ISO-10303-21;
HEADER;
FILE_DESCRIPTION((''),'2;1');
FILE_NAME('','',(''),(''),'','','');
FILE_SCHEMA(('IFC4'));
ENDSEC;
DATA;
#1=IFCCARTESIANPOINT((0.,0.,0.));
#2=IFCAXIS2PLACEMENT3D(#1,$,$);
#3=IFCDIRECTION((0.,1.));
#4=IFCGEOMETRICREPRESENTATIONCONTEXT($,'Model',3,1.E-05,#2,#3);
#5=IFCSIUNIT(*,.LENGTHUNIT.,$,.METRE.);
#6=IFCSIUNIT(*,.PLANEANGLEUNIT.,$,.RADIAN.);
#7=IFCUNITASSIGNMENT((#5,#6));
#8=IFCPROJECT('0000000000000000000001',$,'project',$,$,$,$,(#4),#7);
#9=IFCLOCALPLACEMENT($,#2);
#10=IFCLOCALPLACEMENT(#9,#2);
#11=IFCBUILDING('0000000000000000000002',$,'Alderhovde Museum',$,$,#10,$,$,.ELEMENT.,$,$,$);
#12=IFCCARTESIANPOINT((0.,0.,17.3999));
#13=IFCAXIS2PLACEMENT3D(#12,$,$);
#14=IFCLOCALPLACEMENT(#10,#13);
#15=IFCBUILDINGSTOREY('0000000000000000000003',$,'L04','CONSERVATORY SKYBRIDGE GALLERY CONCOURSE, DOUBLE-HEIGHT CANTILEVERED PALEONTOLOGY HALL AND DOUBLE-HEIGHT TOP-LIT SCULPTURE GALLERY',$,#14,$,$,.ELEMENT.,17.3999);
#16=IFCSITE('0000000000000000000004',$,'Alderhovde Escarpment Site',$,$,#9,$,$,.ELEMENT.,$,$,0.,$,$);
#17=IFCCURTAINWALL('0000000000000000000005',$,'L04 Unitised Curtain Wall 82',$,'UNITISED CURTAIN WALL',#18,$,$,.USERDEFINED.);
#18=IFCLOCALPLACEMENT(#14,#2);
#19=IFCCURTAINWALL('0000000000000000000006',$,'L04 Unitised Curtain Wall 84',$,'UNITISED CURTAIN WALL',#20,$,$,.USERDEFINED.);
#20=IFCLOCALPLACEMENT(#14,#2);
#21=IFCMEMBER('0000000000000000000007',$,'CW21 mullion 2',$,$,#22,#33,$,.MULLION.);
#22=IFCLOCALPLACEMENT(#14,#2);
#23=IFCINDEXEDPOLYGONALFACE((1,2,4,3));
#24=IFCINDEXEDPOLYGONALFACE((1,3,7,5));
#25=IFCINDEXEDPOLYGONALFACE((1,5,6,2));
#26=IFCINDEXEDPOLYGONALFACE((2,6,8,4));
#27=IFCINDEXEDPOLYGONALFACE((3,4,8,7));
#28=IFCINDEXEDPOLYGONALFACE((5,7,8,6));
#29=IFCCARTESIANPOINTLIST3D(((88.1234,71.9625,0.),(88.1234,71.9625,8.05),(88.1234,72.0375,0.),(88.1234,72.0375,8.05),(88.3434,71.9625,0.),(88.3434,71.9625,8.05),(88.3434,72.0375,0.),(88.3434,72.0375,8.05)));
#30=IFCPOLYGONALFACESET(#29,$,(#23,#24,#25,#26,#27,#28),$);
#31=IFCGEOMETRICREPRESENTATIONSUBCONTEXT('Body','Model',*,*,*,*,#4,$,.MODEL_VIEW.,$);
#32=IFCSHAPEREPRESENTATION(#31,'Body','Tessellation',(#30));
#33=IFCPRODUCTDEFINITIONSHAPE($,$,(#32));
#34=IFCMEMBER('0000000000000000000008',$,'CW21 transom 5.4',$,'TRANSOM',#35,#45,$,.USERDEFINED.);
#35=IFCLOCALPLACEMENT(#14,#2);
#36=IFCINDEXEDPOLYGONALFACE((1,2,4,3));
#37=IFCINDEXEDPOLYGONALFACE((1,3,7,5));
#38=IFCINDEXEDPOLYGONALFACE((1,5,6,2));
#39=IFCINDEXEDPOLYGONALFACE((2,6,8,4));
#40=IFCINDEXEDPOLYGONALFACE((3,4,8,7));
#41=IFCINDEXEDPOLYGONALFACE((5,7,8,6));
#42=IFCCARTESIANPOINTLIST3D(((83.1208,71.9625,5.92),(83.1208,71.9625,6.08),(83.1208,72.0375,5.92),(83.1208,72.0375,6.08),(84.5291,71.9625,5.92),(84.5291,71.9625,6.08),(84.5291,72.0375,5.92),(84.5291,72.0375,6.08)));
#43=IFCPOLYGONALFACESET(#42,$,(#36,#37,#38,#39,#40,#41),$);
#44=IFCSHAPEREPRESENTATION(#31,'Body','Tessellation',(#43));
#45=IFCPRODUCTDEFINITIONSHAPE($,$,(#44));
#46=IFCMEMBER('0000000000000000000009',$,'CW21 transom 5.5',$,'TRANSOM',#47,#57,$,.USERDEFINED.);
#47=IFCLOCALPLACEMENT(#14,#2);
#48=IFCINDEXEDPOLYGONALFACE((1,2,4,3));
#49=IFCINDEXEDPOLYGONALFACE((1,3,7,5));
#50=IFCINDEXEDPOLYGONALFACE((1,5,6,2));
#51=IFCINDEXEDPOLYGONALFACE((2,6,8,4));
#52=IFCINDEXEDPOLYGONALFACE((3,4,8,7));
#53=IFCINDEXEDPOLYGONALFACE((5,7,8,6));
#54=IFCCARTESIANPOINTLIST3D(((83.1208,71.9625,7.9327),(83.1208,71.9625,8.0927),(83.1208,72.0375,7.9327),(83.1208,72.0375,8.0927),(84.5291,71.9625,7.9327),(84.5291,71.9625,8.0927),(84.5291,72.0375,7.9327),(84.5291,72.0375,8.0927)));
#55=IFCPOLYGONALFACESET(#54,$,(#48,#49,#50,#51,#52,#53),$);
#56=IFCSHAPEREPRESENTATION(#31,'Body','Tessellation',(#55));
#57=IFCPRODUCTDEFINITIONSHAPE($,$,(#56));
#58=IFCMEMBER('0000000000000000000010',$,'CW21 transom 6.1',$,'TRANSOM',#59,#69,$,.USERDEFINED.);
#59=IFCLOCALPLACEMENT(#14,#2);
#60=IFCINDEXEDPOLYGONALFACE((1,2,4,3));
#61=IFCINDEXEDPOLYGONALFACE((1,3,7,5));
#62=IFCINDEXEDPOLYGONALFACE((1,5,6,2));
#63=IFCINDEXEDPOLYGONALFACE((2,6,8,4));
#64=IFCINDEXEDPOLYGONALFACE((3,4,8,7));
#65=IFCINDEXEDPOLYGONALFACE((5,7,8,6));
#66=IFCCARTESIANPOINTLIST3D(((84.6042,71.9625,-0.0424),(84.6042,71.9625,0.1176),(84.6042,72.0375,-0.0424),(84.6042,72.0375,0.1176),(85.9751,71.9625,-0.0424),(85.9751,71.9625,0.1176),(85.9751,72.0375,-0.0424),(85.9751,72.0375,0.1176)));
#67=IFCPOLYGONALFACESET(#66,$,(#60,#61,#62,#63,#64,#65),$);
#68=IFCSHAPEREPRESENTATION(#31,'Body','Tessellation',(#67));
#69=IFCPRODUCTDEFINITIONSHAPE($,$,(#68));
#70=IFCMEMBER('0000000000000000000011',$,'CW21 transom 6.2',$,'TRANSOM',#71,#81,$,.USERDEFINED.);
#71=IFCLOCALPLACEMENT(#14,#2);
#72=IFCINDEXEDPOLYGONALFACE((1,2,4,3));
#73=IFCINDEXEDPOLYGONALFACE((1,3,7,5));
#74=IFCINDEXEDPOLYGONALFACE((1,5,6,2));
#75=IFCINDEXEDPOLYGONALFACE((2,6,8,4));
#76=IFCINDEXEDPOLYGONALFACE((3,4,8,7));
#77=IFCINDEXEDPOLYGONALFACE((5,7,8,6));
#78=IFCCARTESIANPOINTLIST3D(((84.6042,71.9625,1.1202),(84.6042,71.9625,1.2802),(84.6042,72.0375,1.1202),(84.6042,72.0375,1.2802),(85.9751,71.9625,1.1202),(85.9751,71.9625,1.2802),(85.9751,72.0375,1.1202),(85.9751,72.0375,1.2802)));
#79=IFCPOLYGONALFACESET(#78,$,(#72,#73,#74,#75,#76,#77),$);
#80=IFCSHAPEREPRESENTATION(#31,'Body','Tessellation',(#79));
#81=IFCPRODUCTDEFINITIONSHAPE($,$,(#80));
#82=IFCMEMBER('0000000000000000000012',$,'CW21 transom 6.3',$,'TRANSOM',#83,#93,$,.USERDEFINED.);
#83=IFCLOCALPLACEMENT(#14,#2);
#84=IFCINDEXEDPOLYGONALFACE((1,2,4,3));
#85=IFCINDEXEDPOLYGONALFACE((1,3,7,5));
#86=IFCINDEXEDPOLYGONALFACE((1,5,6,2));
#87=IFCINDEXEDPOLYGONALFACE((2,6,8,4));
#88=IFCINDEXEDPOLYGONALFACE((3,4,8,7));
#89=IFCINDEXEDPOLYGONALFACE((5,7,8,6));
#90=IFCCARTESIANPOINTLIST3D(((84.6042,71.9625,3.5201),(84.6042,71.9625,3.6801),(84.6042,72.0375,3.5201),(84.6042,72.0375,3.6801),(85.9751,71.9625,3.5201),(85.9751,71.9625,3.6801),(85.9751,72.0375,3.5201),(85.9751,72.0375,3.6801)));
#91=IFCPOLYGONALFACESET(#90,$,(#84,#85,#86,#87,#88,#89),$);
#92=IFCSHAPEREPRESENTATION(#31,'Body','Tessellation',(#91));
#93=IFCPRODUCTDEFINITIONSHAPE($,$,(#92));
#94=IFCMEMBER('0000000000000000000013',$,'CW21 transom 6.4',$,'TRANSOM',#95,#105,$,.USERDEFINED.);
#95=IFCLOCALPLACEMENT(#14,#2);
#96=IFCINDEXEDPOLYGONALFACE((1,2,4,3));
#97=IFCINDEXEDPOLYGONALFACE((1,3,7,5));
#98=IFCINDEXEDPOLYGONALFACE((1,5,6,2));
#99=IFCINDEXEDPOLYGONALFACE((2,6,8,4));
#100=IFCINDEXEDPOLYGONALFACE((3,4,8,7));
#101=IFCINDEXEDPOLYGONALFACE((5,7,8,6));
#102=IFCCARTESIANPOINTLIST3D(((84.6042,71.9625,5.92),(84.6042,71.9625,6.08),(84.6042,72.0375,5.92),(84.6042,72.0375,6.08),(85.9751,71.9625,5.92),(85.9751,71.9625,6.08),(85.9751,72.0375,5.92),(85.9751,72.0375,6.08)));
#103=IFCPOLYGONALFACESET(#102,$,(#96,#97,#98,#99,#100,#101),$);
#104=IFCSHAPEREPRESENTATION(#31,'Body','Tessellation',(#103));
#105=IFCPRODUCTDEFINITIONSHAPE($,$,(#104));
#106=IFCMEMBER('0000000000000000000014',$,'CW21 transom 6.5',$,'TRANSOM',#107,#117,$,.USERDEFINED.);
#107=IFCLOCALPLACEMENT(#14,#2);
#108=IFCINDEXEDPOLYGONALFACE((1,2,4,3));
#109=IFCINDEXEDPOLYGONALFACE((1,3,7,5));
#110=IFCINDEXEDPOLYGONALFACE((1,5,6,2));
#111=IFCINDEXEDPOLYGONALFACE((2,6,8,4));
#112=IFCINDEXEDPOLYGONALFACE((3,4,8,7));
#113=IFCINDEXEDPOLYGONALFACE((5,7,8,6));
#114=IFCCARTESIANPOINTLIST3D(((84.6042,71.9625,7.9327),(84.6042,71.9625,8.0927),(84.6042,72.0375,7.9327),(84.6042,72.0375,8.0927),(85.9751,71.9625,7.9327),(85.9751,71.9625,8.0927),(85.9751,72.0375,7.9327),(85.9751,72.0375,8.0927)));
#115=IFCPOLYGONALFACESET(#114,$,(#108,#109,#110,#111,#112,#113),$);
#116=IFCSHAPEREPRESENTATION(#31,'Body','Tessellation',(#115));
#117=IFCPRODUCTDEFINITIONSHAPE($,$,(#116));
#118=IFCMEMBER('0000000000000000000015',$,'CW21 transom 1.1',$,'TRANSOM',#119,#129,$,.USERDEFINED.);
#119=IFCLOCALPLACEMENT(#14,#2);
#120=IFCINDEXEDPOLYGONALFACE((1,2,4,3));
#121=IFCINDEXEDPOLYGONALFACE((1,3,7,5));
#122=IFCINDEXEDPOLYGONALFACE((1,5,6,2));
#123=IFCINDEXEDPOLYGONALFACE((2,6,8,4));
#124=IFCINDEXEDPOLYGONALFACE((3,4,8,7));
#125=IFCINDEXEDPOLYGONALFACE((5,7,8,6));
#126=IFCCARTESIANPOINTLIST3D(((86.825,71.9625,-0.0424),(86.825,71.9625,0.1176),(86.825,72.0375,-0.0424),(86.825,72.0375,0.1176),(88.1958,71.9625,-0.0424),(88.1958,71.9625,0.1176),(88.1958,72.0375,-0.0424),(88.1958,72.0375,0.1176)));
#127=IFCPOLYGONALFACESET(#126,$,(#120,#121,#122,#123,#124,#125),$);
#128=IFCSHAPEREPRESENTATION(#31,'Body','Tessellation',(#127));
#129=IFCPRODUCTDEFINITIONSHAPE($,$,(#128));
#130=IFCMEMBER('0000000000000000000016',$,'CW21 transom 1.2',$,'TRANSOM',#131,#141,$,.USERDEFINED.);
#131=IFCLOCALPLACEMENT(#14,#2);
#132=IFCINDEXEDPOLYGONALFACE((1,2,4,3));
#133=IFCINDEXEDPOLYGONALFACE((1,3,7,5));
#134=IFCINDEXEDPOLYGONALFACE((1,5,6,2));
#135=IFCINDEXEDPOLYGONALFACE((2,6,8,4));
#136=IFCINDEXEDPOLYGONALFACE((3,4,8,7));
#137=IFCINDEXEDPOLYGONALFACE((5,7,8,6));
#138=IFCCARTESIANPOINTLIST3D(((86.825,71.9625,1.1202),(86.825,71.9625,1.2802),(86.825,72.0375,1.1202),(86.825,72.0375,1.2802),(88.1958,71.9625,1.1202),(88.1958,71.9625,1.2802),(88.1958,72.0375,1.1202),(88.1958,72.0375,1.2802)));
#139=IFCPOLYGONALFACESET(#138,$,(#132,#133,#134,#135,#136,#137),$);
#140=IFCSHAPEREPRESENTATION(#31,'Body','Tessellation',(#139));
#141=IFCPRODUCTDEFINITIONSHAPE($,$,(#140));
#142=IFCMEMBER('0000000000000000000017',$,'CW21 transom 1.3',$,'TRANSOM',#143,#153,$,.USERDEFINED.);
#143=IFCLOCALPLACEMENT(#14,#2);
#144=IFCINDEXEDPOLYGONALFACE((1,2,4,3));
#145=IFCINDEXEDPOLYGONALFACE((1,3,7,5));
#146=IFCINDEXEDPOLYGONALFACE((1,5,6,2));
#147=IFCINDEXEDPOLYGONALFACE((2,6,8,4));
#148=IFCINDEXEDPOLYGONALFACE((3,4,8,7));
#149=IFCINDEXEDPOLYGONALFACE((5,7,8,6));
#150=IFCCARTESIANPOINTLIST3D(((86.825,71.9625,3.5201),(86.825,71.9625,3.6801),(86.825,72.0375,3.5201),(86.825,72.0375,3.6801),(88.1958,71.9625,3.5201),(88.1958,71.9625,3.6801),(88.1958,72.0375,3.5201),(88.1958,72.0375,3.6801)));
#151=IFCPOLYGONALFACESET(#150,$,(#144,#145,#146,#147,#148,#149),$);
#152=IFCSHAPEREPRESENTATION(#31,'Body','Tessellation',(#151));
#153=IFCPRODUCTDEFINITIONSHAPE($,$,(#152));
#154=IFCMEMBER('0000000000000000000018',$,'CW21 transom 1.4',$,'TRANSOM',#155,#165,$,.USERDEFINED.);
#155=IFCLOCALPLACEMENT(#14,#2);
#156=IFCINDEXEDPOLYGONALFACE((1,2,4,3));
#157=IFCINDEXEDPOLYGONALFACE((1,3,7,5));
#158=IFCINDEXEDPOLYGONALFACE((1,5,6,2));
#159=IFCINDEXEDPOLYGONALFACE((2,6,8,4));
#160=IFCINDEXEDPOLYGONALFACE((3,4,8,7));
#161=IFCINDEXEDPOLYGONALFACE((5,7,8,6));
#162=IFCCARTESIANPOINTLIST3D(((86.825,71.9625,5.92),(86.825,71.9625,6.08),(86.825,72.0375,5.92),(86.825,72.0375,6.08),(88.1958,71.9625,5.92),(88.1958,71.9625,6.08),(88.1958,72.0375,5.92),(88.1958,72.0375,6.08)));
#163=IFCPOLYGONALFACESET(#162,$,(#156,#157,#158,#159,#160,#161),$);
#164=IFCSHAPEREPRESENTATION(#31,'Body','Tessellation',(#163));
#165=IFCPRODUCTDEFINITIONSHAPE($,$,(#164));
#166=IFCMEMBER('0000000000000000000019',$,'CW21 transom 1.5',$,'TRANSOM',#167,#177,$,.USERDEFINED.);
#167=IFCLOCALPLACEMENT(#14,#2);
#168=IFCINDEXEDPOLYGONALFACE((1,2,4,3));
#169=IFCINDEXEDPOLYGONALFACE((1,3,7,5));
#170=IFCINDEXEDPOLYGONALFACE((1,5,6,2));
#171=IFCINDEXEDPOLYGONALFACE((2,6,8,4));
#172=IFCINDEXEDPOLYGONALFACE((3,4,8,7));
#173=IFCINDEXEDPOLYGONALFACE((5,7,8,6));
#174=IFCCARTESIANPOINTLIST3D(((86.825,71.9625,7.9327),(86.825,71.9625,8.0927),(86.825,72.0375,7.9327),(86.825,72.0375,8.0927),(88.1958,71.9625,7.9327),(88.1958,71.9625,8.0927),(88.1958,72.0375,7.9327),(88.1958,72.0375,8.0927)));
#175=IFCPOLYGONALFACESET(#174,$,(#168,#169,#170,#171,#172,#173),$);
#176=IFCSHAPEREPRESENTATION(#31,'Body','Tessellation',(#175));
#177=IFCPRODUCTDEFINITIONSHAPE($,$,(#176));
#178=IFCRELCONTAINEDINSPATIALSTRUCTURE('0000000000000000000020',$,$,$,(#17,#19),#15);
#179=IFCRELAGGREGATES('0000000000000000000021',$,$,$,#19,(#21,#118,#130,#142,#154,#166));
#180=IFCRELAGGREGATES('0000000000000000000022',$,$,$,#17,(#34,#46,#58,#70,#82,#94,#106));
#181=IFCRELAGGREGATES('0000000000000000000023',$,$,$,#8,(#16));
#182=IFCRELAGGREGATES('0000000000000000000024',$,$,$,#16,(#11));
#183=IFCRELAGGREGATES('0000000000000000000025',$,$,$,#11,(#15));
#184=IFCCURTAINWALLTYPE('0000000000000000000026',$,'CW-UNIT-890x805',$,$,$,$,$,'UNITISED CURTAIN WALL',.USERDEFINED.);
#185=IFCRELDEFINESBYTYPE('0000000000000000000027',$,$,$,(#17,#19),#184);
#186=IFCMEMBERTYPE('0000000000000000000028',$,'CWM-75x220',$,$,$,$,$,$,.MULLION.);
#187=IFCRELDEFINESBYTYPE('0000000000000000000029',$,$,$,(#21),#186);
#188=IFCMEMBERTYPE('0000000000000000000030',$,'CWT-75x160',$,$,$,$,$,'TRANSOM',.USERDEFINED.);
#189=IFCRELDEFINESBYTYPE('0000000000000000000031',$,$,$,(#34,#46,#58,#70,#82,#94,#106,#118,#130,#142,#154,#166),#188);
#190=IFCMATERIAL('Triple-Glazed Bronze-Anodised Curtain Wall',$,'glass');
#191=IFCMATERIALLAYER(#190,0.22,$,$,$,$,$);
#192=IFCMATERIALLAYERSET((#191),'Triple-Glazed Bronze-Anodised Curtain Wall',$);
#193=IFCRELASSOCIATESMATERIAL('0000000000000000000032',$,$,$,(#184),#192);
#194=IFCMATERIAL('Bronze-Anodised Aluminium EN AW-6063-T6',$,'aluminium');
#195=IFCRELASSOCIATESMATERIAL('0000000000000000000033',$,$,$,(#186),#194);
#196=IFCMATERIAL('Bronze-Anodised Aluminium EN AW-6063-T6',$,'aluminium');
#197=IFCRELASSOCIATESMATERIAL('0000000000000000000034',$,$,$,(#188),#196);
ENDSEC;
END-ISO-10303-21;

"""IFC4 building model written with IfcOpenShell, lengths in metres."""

from ifc_helpers import new_model, si_unit, direction, frame, origin, origin_2d, place, context, subcontext, project, spatial, rectangle, extrude, material, layer, layer_set, material_profile, profile_set, type_object, element, aggregate, save


model = new_model("IFC4")

# Units and contexts
model_context = context("Model", 3, precision=1e-05, world=origin(), true_north=direction((0.0, 1.0)))
body_context = subcontext(model_context, "Body", "Model", "MODEL_VIEW")
ifc_project = project(units=[si_unit("LENGTHUNIT", "METRE"), si_unit("PLANEANGLEUNIT", "RADIAN")], contexts=[model_context])

# Site, building, storey
site_placement = place(None, origin())
site = spatial("IfcSite", under=ifc_project, at=site_placement, Name="Alderhovde Escarpment Site", CompositionType="ELEMENT", RefElevation=0.0)
building_placement = place(site_placement, origin())
building = spatial("IfcBuilding", under=site, at=building_placement, Name="Alderhovde Museum", CompositionType="ELEMENT")
storey_placement = place(building_placement, frame((0.0, 0.0, 17.3999)))
storey = spatial("IfcBuildingStorey", under=building, at=storey_placement, Name="L04", Description="CONSERVATORY SKYBRIDGE GALLERY CONCOURSE, DOUBLE-HEIGHT CANTILEVERED PALEONTOLOGY HALL AND DOUBLE-HEIGHT TOP-LIT SCULPTURE GALLERY", CompositionType="ELEMENT", Elevation=17.3999)

# Curtain walls, member
ifc_material_1 = material(Name="Triple-Glazed Bronze-Anodised Curtain Wall", Category="glass")
ifc_layer_1 = layer(ifc_material_1, 0.22)
ifc_layer_set_1 = layer_set([ifc_layer_1], Name="Triple-Glazed Bronze-Anodised Curtain Wall")
curtain_wall_type = type_object("IfcCurtainWallType", Name="CW-UNIT-890x805", ElementType="UNITISED CURTAIN WALL", PredefinedType="USERDEFINED", material=ifc_layer_set_1)
curtain_wall_1_placement = place(storey_placement, origin())
curtain_wall_1 = element("IfcCurtainWall", 1, at=curtain_wall_1_placement, inside=storey, type_object=curtain_wall_type, Name="L04 Unitised Curtain Wall 82", ObjectType="UNITISED CURTAIN WALL", PredefinedType="USERDEFINED")
ifc_material_2 = material(Name="Bronze-Anodised Aluminium EN AW-6063-T6", Category="aluminium")
ifc_material_profile_1 = material_profile(ifc_material_2, rectangle(XDim=0.075, YDim=0.22, at=origin_2d()), Name="MULLION 75x220")
ifc_profile_set_1 = profile_set([ifc_material_profile_1], Name="Bronze-Anodised Aluminium EN AW-6063-T6")
member_type_1 = type_object("IfcMemberType", Name="CWM-75x220", PredefinedType="MULLION", material=ifc_profile_set_1)
curtain_wall_2_placement = place(storey_placement, origin())
curtain_wall_2 = element("IfcCurtainWall", 2, at=curtain_wall_2_placement, inside=storey, type_object=curtain_wall_type, Name="L04 Unitised Curtain Wall 84", ObjectType="UNITISED CURTAIN WALL", PredefinedType="USERDEFINED")
member_1_placement = place(storey_placement, frame((88.2334, 72.0, 0.0), z_axis=(0.0, 0.0, 1.0), x_axis=(0.0, 1.0, 0.0)))
member_1 = element("IfcMember", 3, at=member_1_placement, type_object=member_type_1, Name="CW21 mullion 2", PredefinedType="MULLION", context=body_context, shape_type="SweptSolid", body=[
    extrude(rectangle(XDim=0.075, YDim=0.22, at=origin_2d()), origin(), (0.0, 0.0, 1.0), 8.05),
])

# Members
ifc_material_3 = material(Name="Bronze-Anodised Aluminium EN AW-6063-T6", Category="aluminium")
ifc_material_profile_2 = material_profile(ifc_material_3, rectangle(XDim=0.075, YDim=0.1599, at=origin_2d()), Name="TRANSOM 75x160")
ifc_profile_set_2 = profile_set([ifc_material_profile_2], Name="Bronze-Anodised Aluminium EN AW-6063-T6")
member_type_2 = type_object("IfcMemberType", Name="CWT-75x160", ElementType="TRANSOM", PredefinedType="USERDEFINED", material=ifc_profile_set_2)
member_2_placement = place(storey_placement, frame((83.1208, 72.0, 6.0), z_axis=(1.0, 0.0, 0.0), x_axis=(0.0, 1.0, 0.0)))
member_2 = element("IfcMember", 4, at=member_2_placement, type_object=member_type_2, Name="CW21 transom 5.4", ObjectType="TRANSOM", PredefinedType="USERDEFINED", context=body_context, shape_type="SweptSolid", body=[
    extrude(rectangle(XDim=0.075, YDim=0.1599, at=origin_2d()), origin(), (0.0, 0.0, 1.0), 1.4082),
])
member_3_placement = place(storey_placement, frame((83.1208, 72.0, 8.0127), z_axis=(1.0, 0.0, 0.0), x_axis=(0.0, 1.0, 0.0)))
member_3 = element("IfcMember", 5, at=member_3_placement, type_object=member_type_2, Name="CW21 transom 5.5", ObjectType="TRANSOM", PredefinedType="USERDEFINED", context=body_context, shape_type="SweptSolid", body=[
    extrude(rectangle(XDim=0.075, YDim=0.1599, at=origin_2d()), origin(), (0.0, 0.0, 1.0), 1.4082),
])
member_4_placement = place(storey_placement, frame((84.6042, 72.0, 0.0376), z_axis=(1.0, 0.0, 0.0), x_axis=(0.0, 1.0, 0.0)))
member_4 = element("IfcMember", 6, at=member_4_placement, type_object=member_type_2, Name="CW21 transom 6.1", ObjectType="TRANSOM", PredefinedType="USERDEFINED", context=body_context, shape_type="SweptSolid", body=[
    extrude(rectangle(XDim=0.075, YDim=0.1599, at=origin_2d()), origin(), (0.0, 0.0, 1.0), 1.3708),
])
member_5_placement = place(storey_placement, frame((84.6042, 72.0, 1.2002), z_axis=(1.0, 0.0, 0.0), x_axis=(0.0, 1.0, 0.0)))
member_5 = element("IfcMember", 7, at=member_5_placement, type_object=member_type_2, Name="CW21 transom 6.2", ObjectType="TRANSOM", PredefinedType="USERDEFINED", context=body_context, shape_type="SweptSolid", body=[
    extrude(rectangle(XDim=0.075, YDim=0.1599, at=origin_2d()), origin(), (0.0, 0.0, 1.0), 1.3708),
])
member_6_placement = place(storey_placement, frame((84.6042, 72.0, 3.6001), z_axis=(1.0, 0.0, 0.0), x_axis=(0.0, 1.0, 0.0)))
member_6 = element("IfcMember", 8, at=member_6_placement, type_object=member_type_2, Name="CW21 transom 6.3", ObjectType="TRANSOM", PredefinedType="USERDEFINED", context=body_context, shape_type="SweptSolid", body=[
    extrude(rectangle(XDim=0.075, YDim=0.1599, at=origin_2d()), origin(), (0.0, 0.0, 1.0), 1.3708),
])
member_7_placement = place(storey_placement, frame((84.6042, 72.0, 6.0), z_axis=(1.0, 0.0, 0.0), x_axis=(0.0, 1.0, 0.0)))
member_7 = element("IfcMember", 9, at=member_7_placement, type_object=member_type_2, Name="CW21 transom 6.4", ObjectType="TRANSOM", PredefinedType="USERDEFINED", context=body_context, shape_type="SweptSolid", body=[
    extrude(rectangle(XDim=0.075, YDim=0.1599, at=origin_2d()), origin(), (0.0, 0.0, 1.0), 1.3708),
])
member_8_placement = place(storey_placement, frame((84.6042, 72.0, 8.0127), z_axis=(1.0, 0.0, 0.0), x_axis=(0.0, 1.0, 0.0)))
member_8 = element("IfcMember", 10, at=member_8_placement, type_object=member_type_2, Name="CW21 transom 6.5", ObjectType="TRANSOM", PredefinedType="USERDEFINED", context=body_context, shape_type="SweptSolid", body=[
    extrude(rectangle(XDim=0.075, YDim=0.1599, at=origin_2d()), origin(), (0.0, 0.0, 1.0), 1.3708),
])
member_9_placement = place(storey_placement, frame((86.825, 72.0, 0.0376), z_axis=(1.0, 0.0, 0.0), x_axis=(0.0, 1.0, 0.0)))
member_9 = element("IfcMember", 11, at=member_9_placement, type_object=member_type_2, Name="CW21 transom 1.1", ObjectType="TRANSOM", PredefinedType="USERDEFINED", context=body_context, shape_type="SweptSolid", body=[
    extrude(rectangle(XDim=0.075, YDim=0.1599, at=origin_2d()), origin(), (0.0, 0.0, 1.0), 1.3708),
])
member_10_placement = place(storey_placement, frame((86.825, 72.0, 1.2002), z_axis=(1.0, 0.0, 0.0), x_axis=(0.0, 1.0, 0.0)))
member_10 = element("IfcMember", 12, at=member_10_placement, type_object=member_type_2, Name="CW21 transom 1.2", ObjectType="TRANSOM", PredefinedType="USERDEFINED", context=body_context, shape_type="SweptSolid", body=[
    extrude(rectangle(XDim=0.075, YDim=0.1599, at=origin_2d()), origin(), (0.0, 0.0, 1.0), 1.3708),
])
member_11_placement = place(storey_placement, frame((86.825, 72.0, 3.6001), z_axis=(1.0, 0.0, 0.0), x_axis=(0.0, 1.0, 0.0)))
member_11 = element("IfcMember", 13, at=member_11_placement, type_object=member_type_2, Name="CW21 transom 1.3", ObjectType="TRANSOM", PredefinedType="USERDEFINED", context=body_context, shape_type="SweptSolid", body=[
    extrude(rectangle(XDim=0.075, YDim=0.1599, at=origin_2d()), origin(), (0.0, 0.0, 1.0), 1.3708),
])
member_12_placement = place(storey_placement, frame((86.825, 72.0, 6.0), z_axis=(1.0, 0.0, 0.0), x_axis=(0.0, 1.0, 0.0)))
member_12 = element("IfcMember", 14, at=member_12_placement, type_object=member_type_2, Name="CW21 transom 1.4", ObjectType="TRANSOM", PredefinedType="USERDEFINED", context=body_context, shape_type="SweptSolid", body=[
    extrude(rectangle(XDim=0.075, YDim=0.1599, at=origin_2d()), origin(), (0.0, 0.0, 1.0), 1.3708),
])
member_13_placement = place(storey_placement, frame((86.825, 72.0, 8.0127), z_axis=(1.0, 0.0, 0.0), x_axis=(0.0, 1.0, 0.0)))
member_13 = element("IfcMember", 15, at=member_13_placement, type_object=member_type_2, Name="CW21 transom 1.5", ObjectType="TRANSOM", PredefinedType="USERDEFINED", context=body_context, shape_type="SweptSolid", body=[
    extrude(rectangle(XDim=0.075, YDim=0.1599, at=origin_2d()), origin(), (0.0, 0.0, 1.0), 1.3708),
])

aggregate(curtain_wall_2, [member_1, member_9, member_10, member_11, member_12, member_13])
aggregate(curtain_wall_1, [member_2, member_3, member_4, member_5, member_6, member_7, member_8])

save(model, "model.ifc")
